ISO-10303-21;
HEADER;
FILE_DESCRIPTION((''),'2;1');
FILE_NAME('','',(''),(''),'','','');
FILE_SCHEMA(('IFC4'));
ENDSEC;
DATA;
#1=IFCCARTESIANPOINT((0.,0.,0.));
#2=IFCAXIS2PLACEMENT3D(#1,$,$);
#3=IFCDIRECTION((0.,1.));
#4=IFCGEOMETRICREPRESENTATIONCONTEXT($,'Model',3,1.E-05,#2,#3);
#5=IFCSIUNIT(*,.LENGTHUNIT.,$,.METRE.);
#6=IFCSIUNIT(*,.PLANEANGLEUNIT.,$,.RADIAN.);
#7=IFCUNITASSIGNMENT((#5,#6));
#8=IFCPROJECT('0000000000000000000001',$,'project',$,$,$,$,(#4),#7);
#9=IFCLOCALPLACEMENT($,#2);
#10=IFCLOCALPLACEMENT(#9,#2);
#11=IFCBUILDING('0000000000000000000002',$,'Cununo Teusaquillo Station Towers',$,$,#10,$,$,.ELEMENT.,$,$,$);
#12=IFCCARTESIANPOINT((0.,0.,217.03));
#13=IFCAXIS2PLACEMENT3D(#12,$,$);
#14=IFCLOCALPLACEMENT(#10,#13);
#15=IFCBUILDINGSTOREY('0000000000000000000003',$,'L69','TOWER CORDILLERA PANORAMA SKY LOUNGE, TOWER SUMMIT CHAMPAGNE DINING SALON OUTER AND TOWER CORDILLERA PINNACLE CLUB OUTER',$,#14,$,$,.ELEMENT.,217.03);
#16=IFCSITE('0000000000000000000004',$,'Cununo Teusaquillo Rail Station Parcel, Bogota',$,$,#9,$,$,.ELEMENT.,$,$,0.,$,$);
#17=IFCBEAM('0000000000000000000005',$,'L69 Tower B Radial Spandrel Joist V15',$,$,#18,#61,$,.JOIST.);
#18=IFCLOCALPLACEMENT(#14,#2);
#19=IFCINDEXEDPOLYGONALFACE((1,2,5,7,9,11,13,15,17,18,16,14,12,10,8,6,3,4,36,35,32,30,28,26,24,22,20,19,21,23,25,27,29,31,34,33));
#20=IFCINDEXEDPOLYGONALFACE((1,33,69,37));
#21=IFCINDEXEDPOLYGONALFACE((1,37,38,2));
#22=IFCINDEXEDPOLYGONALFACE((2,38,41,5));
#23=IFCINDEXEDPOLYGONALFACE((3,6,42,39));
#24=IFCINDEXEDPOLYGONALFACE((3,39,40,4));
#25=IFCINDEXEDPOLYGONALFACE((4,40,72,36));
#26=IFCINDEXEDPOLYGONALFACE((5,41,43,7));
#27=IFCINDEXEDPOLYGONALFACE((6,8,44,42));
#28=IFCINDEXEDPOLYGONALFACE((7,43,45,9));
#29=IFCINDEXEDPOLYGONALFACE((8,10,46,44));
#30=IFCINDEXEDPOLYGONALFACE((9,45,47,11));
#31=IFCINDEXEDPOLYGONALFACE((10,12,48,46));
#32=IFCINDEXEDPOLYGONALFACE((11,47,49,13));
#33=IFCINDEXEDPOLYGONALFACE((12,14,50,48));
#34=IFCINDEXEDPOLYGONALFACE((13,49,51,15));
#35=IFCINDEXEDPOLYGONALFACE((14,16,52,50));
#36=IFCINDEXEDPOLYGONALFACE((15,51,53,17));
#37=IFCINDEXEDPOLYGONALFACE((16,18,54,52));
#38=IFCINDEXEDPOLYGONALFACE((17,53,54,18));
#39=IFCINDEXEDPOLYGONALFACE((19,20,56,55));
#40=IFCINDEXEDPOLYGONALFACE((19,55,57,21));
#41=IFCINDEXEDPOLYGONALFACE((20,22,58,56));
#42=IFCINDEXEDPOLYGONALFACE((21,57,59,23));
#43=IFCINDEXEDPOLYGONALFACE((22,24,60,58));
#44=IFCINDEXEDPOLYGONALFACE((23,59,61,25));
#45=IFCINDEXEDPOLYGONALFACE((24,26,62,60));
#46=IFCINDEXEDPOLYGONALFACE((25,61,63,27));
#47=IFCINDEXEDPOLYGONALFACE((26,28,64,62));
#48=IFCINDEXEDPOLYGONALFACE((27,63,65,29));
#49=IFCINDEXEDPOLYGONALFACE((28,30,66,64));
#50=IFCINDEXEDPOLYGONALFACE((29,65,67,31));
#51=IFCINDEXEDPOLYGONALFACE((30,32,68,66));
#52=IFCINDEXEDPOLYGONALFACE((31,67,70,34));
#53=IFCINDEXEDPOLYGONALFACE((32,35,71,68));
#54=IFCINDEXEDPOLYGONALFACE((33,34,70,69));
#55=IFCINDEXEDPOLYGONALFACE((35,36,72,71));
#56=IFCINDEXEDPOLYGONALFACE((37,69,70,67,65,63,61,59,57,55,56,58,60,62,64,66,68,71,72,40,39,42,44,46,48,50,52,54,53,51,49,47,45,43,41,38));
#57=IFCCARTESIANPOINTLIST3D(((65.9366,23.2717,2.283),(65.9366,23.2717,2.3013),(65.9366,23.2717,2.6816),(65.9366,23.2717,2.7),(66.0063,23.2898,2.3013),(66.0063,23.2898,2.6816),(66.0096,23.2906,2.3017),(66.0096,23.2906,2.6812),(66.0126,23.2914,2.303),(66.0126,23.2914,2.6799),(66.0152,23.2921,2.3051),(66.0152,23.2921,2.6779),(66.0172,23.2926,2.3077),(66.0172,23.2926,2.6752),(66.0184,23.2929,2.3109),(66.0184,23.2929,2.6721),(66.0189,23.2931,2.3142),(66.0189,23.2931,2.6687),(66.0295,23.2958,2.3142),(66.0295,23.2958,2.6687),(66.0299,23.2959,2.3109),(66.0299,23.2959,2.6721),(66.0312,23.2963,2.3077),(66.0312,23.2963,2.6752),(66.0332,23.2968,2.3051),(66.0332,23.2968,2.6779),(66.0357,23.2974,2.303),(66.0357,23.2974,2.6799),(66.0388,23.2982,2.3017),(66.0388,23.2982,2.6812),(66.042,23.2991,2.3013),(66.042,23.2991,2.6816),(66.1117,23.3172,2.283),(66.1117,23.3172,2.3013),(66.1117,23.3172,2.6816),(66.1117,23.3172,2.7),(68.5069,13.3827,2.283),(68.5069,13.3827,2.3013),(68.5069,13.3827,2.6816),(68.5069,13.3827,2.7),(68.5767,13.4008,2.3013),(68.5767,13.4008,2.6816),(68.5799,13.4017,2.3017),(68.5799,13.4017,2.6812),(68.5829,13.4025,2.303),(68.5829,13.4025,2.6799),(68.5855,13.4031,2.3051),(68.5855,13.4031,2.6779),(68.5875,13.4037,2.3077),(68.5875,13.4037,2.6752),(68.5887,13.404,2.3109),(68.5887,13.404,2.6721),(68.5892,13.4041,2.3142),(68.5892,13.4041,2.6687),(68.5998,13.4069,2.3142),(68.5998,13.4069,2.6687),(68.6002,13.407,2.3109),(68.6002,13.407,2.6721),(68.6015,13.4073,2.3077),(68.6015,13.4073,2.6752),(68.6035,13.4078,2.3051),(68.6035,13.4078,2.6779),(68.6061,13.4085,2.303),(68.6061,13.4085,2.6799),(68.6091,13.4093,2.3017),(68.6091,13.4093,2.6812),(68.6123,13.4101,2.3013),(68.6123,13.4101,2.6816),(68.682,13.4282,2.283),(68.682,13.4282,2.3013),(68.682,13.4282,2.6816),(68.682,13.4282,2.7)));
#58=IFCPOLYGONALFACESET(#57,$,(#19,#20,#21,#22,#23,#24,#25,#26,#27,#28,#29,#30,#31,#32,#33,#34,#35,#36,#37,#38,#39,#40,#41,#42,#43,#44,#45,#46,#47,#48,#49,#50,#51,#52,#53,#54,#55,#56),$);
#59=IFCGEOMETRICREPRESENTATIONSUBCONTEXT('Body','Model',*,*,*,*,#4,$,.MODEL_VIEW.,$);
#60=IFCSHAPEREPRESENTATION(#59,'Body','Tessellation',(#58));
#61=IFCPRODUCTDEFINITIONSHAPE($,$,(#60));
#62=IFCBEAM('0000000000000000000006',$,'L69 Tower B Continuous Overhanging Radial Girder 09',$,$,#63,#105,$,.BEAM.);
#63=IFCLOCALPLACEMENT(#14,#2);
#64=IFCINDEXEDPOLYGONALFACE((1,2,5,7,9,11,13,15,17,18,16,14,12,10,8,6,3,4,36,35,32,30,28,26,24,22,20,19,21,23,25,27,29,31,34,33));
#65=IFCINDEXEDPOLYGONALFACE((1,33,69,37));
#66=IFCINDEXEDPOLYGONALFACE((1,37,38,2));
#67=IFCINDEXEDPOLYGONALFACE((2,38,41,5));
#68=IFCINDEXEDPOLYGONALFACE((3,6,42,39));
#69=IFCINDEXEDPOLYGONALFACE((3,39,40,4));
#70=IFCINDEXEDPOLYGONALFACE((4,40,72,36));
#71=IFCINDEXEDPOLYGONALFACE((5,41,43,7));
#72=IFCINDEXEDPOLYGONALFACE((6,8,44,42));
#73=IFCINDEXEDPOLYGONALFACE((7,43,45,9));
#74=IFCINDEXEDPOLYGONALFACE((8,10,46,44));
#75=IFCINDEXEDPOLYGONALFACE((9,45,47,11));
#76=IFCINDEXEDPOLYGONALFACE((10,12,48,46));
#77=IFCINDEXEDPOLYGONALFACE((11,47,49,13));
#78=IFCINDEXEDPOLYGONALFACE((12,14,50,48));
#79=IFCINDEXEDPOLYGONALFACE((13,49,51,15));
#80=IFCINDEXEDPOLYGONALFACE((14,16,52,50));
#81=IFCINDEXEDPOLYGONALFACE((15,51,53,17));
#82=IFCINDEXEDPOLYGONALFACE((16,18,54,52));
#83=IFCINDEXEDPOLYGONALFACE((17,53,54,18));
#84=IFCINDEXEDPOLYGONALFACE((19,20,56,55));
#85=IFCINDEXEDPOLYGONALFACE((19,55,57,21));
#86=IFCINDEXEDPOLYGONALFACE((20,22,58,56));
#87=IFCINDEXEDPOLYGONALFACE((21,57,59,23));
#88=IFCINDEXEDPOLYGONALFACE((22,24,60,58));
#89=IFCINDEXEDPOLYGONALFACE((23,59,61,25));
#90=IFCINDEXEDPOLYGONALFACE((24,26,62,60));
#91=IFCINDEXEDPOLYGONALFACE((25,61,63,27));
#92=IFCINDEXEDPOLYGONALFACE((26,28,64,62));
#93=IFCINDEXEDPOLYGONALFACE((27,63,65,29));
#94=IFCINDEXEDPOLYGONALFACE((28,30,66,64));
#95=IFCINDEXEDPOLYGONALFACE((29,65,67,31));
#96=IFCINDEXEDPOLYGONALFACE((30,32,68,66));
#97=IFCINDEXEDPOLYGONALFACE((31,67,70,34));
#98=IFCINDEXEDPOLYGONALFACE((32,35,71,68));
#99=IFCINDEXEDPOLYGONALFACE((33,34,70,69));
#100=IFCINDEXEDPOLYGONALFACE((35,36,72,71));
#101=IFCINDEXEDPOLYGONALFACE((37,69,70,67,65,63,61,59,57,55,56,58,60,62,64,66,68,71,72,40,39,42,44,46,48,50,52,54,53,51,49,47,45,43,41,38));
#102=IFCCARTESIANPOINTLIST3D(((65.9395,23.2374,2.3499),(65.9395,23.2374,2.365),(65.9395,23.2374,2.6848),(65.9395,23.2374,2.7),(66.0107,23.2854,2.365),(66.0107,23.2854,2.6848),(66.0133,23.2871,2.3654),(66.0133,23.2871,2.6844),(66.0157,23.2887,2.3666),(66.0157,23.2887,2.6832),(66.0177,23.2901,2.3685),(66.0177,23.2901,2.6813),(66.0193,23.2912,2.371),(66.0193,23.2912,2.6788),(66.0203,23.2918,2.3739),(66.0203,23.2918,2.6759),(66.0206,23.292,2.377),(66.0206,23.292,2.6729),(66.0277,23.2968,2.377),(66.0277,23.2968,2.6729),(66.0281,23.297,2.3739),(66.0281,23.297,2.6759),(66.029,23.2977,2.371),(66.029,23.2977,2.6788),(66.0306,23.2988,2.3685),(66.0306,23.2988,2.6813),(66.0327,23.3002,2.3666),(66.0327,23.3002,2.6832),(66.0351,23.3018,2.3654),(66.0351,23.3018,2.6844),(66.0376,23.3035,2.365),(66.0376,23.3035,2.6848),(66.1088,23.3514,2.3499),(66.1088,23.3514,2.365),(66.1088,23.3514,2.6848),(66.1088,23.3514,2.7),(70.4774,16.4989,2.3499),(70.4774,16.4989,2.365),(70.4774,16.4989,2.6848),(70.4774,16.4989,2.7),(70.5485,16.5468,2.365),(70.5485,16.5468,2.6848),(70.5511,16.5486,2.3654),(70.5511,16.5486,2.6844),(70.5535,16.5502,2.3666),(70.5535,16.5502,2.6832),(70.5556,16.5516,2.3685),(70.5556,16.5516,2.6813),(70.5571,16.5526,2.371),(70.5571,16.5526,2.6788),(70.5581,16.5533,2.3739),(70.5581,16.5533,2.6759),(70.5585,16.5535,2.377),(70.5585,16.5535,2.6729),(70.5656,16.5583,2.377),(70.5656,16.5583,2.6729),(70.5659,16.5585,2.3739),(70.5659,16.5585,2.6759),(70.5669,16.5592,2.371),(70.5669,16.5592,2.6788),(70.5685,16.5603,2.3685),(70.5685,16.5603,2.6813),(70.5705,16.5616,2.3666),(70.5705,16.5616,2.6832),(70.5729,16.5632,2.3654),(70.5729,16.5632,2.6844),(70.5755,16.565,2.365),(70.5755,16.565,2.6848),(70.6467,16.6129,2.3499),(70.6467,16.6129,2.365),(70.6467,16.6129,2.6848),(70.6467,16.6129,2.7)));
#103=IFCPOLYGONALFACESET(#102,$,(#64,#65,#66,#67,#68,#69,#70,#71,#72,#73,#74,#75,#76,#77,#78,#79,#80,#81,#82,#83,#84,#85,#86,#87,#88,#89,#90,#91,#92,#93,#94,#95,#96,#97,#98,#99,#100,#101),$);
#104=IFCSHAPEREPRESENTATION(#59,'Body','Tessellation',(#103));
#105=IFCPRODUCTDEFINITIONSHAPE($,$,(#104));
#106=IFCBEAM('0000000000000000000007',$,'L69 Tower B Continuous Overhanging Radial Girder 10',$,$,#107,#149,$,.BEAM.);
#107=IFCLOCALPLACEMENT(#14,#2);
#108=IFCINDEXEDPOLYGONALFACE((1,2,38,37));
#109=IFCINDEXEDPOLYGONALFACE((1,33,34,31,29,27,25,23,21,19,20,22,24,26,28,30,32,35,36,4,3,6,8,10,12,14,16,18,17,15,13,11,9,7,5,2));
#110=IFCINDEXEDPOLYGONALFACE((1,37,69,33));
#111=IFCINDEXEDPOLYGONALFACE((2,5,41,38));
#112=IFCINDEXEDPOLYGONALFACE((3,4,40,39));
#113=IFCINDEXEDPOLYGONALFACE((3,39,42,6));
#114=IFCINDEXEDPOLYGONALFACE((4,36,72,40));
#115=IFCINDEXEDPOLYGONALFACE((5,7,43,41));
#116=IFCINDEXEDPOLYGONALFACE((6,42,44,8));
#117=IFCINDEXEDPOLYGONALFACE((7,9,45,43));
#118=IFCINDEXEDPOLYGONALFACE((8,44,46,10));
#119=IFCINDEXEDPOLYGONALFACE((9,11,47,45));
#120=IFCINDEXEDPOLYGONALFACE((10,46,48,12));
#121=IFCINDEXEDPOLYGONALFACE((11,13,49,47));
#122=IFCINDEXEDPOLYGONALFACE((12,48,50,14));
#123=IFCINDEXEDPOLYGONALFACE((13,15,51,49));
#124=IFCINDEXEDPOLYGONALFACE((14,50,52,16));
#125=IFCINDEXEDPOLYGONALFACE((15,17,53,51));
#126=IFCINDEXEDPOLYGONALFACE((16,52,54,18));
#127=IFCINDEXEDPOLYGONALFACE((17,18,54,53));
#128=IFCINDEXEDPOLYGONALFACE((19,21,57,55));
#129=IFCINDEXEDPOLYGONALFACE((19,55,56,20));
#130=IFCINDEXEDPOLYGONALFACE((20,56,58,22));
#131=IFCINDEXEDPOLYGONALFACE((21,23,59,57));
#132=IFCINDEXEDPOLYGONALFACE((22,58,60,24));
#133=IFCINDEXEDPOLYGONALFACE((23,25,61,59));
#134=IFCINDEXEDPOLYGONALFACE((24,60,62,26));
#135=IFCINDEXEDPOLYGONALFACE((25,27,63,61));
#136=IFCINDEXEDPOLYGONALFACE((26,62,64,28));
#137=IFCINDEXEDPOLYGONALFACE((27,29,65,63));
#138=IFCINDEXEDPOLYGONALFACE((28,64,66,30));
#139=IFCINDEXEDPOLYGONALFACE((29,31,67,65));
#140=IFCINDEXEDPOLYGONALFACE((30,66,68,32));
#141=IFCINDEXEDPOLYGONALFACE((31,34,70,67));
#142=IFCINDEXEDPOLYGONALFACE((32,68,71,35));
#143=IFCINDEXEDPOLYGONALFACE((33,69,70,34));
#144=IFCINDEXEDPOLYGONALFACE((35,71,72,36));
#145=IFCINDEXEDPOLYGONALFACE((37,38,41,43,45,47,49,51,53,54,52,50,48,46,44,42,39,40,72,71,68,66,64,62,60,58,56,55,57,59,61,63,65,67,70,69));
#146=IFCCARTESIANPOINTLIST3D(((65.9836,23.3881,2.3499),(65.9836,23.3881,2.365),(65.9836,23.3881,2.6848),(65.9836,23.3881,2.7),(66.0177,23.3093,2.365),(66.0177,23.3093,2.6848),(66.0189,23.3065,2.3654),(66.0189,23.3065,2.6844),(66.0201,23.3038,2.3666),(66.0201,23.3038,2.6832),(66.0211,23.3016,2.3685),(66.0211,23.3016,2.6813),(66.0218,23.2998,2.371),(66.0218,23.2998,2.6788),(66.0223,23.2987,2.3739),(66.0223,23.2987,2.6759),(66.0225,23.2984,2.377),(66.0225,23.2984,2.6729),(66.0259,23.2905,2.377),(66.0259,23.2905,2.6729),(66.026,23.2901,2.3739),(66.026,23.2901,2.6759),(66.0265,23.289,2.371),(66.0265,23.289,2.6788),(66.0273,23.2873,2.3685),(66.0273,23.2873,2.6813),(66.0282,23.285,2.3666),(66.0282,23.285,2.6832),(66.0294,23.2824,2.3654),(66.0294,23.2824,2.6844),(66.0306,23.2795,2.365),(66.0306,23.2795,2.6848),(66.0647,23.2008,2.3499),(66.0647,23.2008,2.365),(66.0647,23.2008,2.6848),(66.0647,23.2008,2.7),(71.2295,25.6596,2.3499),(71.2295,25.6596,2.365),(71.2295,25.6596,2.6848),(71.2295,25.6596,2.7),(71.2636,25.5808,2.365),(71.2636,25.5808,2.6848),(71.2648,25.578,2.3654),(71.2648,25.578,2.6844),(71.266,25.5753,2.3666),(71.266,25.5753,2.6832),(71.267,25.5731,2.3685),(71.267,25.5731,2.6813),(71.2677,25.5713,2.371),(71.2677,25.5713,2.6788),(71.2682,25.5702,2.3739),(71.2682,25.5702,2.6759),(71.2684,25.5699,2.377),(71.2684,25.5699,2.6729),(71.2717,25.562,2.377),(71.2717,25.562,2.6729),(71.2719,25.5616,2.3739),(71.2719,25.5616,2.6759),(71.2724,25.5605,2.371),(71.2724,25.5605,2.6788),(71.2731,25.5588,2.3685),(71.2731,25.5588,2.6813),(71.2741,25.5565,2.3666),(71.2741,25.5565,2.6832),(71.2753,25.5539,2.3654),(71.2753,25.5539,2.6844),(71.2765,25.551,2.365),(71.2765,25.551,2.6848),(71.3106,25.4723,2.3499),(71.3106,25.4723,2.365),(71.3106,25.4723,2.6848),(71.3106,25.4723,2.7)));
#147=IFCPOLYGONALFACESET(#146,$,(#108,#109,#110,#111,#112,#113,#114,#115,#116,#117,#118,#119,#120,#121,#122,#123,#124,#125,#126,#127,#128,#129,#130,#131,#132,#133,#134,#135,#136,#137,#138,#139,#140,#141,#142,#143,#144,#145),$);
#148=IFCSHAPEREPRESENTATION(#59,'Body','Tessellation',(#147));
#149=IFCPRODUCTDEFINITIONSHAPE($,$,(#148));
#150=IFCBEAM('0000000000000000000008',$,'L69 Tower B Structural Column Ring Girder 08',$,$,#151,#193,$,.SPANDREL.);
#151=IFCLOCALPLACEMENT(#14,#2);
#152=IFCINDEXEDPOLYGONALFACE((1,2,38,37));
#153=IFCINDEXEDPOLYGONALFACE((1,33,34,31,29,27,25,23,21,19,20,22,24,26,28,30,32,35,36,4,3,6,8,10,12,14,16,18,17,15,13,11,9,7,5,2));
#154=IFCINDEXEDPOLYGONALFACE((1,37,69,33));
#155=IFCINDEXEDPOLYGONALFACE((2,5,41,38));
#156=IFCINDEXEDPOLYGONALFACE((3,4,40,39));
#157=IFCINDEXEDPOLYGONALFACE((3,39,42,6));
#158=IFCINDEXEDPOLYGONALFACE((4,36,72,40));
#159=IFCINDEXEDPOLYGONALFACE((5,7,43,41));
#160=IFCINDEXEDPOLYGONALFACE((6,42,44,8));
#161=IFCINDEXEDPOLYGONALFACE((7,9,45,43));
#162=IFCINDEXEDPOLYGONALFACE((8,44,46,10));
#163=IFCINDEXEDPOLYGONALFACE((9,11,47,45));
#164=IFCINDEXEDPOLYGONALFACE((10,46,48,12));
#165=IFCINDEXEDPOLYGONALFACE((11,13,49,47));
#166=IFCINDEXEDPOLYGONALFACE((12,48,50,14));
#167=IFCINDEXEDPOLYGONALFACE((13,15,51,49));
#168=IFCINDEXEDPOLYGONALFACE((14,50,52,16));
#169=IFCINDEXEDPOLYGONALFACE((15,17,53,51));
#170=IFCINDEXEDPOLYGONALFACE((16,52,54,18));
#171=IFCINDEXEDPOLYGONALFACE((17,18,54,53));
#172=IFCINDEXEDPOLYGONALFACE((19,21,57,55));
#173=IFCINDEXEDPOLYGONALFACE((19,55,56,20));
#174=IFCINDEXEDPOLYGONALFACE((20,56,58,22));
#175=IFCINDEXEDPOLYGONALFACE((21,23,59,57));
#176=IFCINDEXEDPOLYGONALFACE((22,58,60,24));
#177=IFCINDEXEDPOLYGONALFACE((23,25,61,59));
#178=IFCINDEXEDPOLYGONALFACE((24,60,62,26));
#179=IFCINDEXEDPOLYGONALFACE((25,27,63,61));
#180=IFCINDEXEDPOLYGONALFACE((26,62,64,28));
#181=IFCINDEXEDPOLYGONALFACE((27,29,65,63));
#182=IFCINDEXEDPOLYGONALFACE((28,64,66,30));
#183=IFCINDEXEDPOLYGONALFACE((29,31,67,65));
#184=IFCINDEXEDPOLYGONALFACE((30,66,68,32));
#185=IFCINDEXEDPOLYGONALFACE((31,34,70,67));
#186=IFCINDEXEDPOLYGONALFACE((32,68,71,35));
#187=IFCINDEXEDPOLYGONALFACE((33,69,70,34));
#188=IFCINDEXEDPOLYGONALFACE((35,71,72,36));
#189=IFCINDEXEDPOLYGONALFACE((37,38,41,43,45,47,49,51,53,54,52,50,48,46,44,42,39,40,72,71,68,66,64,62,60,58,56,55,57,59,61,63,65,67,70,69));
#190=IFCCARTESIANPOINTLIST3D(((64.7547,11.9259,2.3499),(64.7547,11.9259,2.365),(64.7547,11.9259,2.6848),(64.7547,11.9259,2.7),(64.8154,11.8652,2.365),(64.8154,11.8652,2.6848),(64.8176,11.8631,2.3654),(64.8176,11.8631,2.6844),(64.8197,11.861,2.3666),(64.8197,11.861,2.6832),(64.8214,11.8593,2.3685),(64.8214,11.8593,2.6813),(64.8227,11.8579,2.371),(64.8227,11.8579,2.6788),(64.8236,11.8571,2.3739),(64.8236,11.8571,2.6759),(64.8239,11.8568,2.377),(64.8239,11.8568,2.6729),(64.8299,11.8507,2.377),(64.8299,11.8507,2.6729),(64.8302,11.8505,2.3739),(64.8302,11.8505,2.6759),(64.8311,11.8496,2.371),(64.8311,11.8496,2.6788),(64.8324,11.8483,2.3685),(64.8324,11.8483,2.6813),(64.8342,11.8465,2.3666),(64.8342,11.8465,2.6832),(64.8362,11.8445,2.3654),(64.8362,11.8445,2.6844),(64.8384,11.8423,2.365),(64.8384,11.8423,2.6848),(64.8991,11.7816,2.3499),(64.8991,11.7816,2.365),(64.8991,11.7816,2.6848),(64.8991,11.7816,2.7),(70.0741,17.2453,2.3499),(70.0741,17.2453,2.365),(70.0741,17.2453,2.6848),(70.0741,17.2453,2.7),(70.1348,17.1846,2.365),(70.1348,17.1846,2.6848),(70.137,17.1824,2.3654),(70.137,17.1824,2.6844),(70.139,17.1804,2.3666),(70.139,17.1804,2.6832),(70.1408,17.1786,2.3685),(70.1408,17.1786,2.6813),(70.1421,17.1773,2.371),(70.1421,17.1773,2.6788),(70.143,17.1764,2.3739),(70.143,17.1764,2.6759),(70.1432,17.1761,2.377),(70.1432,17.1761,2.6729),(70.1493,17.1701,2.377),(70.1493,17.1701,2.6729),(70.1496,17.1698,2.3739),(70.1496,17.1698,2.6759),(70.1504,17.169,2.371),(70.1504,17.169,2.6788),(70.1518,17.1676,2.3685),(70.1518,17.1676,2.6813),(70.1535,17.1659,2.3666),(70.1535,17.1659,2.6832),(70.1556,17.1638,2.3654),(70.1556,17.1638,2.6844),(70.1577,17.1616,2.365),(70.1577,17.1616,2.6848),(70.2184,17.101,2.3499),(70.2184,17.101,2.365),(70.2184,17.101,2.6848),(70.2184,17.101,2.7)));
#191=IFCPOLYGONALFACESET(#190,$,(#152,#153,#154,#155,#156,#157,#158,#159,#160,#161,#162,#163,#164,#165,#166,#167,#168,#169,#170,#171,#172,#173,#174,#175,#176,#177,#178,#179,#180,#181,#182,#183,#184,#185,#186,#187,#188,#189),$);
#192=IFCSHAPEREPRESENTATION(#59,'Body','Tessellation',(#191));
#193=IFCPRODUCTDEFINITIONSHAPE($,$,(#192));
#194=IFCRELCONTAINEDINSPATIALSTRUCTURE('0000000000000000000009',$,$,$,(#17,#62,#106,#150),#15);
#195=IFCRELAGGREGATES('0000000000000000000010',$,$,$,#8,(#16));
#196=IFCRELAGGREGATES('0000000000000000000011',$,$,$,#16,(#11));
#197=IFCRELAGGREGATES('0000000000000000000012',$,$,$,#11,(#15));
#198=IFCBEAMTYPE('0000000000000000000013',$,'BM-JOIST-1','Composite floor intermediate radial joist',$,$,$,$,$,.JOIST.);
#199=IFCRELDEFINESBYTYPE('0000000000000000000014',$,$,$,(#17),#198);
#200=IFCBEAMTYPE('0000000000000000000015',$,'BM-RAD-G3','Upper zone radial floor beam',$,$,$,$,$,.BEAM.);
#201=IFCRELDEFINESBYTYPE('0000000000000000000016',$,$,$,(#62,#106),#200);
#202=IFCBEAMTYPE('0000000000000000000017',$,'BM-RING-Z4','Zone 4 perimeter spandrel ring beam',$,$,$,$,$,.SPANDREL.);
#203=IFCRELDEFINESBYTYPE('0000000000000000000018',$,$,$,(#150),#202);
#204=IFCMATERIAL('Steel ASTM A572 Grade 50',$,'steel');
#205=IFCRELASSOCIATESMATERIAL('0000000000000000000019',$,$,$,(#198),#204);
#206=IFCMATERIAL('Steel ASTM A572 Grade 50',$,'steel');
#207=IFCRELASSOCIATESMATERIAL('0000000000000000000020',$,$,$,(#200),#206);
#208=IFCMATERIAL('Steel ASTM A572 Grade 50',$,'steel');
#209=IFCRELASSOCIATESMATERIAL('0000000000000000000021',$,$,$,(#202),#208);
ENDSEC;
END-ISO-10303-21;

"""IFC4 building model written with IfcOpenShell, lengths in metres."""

from ifc_helpers import new_model, si_unit, direction, frame, origin, origin_2d, place, context, subcontext, project, spatial, i_section, extrude, material, material_profile, profile_set, type_object, element, save


model = new_model("IFC4")

# Units and contexts
model_context = context("Model", 3, precision=1e-05, world=origin(), true_north=direction((0.0, 1.0)))
body_context = subcontext(model_context, "Body", "Model", "MODEL_VIEW")
ifc_project = project(units=[si_unit("LENGTHUNIT", "METRE"), si_unit("PLANEANGLEUNIT", "RADIAN")], contexts=[model_context])

# Site, building, storey
site_placement = place(None, origin())
site = spatial("IfcSite", under=ifc_project, at=site_placement, Name="Cununo Teusaquillo Rail Station Parcel, Bogota", CompositionType="ELEMENT", RefElevation=0.0)
building_placement = place(site_placement, origin())
building = spatial("IfcBuilding", under=site, at=building_placement, Name="Cununo Teusaquillo Station Towers", CompositionType="ELEMENT")
storey_placement = place(building_placement, frame((0.0, 0.0, 217.03)))
storey = spatial("IfcBuildingStorey", under=building, at=storey_placement, Name="L69", Description="TOWER CORDILLERA PANORAMA SKY LOUNGE, TOWER SUMMIT CHAMPAGNE DINING SALON OUTER AND TOWER CORDILLERA PINNACLE CLUB OUTER", CompositionType="ELEMENT", Elevation=217.03)

# Beams
ifc_material_1 = material(Name="Steel ASTM A572 Grade 50", Category="steel")
ifc_material_profile_1 = material_profile(ifc_material_1, i_section(OverallWidth=0.1809, OverallDepth=0.417, WebThickness=0.011, FlangeThickness=0.0183, FilletRadius=0.0129, at=origin_2d()), Name="W16X57")
ifc_profile_set_1 = profile_set([ifc_material_profile_1], Name="Steel ASTM A572 Grade 50")
beam_type_1 = type_object("IfcBeamType", Name="BM-JOIST-1", Description="Composite floor intermediate radial joist", PredefinedType="JOIST", material=ifc_profile_set_1)
beam_1_placement = place(storey_placement, frame((66.0242, 23.2944, 2.4915), z_axis=(0.25156, -0.967842, 0.0), x_axis=(0.967842, 0.25156, 0.0)))
element("IfcBeam", 1, at=beam_1_placement, inside=storey, type_object=beam_type_1, Name="L69 Tower B Radial Spandrel Joist V15", PredefinedType="JOIST", context=body_context, shape_type="SweptSolid", body=[
    extrude(i_section(OverallWidth=0.1809, OverallDepth=0.417, WebThickness=0.011, FlangeThickness=0.0183, FilletRadius=0.0129, at=origin_2d()), origin(), (0.0, 0.0, 1.0), 10.2175),
])
ifc_material_2 = material(Name="Steel ASTM A572 Grade 50", Category="steel")
ifc_material_profile_2 = material_profile(ifc_material_2, i_section(OverallWidth=0.2041, OverallDepth=0.3501, WebThickness=0.0085, FlangeThickness=0.0151, FilletRadius=0.012, at=origin_2d()), Name="W14X48")
ifc_profile_set_2 = profile_set([ifc_material_profile_2], Name="Steel ASTM A572 Grade 50")
beam_type_2 = type_object("IfcBeamType", Name="BM-RAD-G3", Description="Upper zone radial floor beam", PredefinedType="BEAM", material=ifc_profile_set_2)
beam_2_placement = place(storey_placement, frame((66.0242, 23.2944, 2.5249), z_axis=(0.558571, -0.829457, 0.0), x_axis=(0.829457, 0.558571, 0.0)))
element("IfcBeam", 2, at=beam_2_placement, inside=storey, type_object=beam_type_2, Name="L69 Tower B Continuous Overhanging Radial Girder 09", PredefinedType="BEAM", context=body_context, shape_type="SweptSolid", body=[
    extrude(i_section(OverallWidth=0.2041, OverallDepth=0.3501, WebThickness=0.0085, FlangeThickness=0.0151, FilletRadius=0.012, at=origin_2d()), origin(), (0.0, 0.0, 1.0), 8.124),
])
beam_3_placement = place(storey_placement, frame((66.0242, 23.2944, 2.5249), z_axis=(0.917665, 0.397355, 0.0), x_axis=(-0.397355, 0.917665, 0.0)))
element("IfcBeam", 3, at=beam_3_placement, inside=storey, type_object=beam_type_2, Name="L69 Tower B Continuous Overhanging Radial Girder 10", PredefinedType="BEAM", context=body_context, shape_type="SweptSolid", body=[
    extrude(i_section(OverallWidth=0.2041, OverallDepth=0.3501, WebThickness=0.0085, FlangeThickness=0.0151, FilletRadius=0.012, at=origin_2d()), origin(), (0.0, 0.0, 1.0), 5.7166),
])
ifc_material_3 = material(Name="Steel ASTM A572 Grade 50", Category="steel")
ifc_material_profile_3 = material_profile(ifc_material_3, i_section(OverallWidth=0.2041, OverallDepth=0.3501, WebThickness=0.0085, FlangeThickness=0.0151, FilletRadius=0.012, at=origin_2d()), Name="W14X48")
ifc_profile_set_3 = profile_set([ifc_material_profile_3], Name="Steel ASTM A572 Grade 50")
beam_type_3 = type_object("IfcBeamType", Name="BM-RING-Z4", Description="Zone 4 perimeter spandrel ring beam", PredefinedType="SPANDREL", material=ifc_profile_set_3)
beam_4_placement = place(storey_placement, frame((64.8269, 11.8538, 2.5249), z_axis=(0.707107, 0.707107, 0.0), x_axis=(-0.707107, 0.707107, 0.0)))
element("IfcBeam", 4, at=beam_4_placement, inside=storey, type_object=beam_type_3, Name="L69 Tower B Structural Column Ring Girder 08", PredefinedType="SPANDREL", context=body_context, shape_type="SweptSolid", body=[
    extrude(i_section(OverallWidth=0.2041, OverallDepth=0.3501, WebThickness=0.0085, FlangeThickness=0.0151, FilletRadius=0.012, at=origin_2d()), origin(), (0.0, 0.0, 1.0), 7.5227),
])

save(model, "model.ifc")
